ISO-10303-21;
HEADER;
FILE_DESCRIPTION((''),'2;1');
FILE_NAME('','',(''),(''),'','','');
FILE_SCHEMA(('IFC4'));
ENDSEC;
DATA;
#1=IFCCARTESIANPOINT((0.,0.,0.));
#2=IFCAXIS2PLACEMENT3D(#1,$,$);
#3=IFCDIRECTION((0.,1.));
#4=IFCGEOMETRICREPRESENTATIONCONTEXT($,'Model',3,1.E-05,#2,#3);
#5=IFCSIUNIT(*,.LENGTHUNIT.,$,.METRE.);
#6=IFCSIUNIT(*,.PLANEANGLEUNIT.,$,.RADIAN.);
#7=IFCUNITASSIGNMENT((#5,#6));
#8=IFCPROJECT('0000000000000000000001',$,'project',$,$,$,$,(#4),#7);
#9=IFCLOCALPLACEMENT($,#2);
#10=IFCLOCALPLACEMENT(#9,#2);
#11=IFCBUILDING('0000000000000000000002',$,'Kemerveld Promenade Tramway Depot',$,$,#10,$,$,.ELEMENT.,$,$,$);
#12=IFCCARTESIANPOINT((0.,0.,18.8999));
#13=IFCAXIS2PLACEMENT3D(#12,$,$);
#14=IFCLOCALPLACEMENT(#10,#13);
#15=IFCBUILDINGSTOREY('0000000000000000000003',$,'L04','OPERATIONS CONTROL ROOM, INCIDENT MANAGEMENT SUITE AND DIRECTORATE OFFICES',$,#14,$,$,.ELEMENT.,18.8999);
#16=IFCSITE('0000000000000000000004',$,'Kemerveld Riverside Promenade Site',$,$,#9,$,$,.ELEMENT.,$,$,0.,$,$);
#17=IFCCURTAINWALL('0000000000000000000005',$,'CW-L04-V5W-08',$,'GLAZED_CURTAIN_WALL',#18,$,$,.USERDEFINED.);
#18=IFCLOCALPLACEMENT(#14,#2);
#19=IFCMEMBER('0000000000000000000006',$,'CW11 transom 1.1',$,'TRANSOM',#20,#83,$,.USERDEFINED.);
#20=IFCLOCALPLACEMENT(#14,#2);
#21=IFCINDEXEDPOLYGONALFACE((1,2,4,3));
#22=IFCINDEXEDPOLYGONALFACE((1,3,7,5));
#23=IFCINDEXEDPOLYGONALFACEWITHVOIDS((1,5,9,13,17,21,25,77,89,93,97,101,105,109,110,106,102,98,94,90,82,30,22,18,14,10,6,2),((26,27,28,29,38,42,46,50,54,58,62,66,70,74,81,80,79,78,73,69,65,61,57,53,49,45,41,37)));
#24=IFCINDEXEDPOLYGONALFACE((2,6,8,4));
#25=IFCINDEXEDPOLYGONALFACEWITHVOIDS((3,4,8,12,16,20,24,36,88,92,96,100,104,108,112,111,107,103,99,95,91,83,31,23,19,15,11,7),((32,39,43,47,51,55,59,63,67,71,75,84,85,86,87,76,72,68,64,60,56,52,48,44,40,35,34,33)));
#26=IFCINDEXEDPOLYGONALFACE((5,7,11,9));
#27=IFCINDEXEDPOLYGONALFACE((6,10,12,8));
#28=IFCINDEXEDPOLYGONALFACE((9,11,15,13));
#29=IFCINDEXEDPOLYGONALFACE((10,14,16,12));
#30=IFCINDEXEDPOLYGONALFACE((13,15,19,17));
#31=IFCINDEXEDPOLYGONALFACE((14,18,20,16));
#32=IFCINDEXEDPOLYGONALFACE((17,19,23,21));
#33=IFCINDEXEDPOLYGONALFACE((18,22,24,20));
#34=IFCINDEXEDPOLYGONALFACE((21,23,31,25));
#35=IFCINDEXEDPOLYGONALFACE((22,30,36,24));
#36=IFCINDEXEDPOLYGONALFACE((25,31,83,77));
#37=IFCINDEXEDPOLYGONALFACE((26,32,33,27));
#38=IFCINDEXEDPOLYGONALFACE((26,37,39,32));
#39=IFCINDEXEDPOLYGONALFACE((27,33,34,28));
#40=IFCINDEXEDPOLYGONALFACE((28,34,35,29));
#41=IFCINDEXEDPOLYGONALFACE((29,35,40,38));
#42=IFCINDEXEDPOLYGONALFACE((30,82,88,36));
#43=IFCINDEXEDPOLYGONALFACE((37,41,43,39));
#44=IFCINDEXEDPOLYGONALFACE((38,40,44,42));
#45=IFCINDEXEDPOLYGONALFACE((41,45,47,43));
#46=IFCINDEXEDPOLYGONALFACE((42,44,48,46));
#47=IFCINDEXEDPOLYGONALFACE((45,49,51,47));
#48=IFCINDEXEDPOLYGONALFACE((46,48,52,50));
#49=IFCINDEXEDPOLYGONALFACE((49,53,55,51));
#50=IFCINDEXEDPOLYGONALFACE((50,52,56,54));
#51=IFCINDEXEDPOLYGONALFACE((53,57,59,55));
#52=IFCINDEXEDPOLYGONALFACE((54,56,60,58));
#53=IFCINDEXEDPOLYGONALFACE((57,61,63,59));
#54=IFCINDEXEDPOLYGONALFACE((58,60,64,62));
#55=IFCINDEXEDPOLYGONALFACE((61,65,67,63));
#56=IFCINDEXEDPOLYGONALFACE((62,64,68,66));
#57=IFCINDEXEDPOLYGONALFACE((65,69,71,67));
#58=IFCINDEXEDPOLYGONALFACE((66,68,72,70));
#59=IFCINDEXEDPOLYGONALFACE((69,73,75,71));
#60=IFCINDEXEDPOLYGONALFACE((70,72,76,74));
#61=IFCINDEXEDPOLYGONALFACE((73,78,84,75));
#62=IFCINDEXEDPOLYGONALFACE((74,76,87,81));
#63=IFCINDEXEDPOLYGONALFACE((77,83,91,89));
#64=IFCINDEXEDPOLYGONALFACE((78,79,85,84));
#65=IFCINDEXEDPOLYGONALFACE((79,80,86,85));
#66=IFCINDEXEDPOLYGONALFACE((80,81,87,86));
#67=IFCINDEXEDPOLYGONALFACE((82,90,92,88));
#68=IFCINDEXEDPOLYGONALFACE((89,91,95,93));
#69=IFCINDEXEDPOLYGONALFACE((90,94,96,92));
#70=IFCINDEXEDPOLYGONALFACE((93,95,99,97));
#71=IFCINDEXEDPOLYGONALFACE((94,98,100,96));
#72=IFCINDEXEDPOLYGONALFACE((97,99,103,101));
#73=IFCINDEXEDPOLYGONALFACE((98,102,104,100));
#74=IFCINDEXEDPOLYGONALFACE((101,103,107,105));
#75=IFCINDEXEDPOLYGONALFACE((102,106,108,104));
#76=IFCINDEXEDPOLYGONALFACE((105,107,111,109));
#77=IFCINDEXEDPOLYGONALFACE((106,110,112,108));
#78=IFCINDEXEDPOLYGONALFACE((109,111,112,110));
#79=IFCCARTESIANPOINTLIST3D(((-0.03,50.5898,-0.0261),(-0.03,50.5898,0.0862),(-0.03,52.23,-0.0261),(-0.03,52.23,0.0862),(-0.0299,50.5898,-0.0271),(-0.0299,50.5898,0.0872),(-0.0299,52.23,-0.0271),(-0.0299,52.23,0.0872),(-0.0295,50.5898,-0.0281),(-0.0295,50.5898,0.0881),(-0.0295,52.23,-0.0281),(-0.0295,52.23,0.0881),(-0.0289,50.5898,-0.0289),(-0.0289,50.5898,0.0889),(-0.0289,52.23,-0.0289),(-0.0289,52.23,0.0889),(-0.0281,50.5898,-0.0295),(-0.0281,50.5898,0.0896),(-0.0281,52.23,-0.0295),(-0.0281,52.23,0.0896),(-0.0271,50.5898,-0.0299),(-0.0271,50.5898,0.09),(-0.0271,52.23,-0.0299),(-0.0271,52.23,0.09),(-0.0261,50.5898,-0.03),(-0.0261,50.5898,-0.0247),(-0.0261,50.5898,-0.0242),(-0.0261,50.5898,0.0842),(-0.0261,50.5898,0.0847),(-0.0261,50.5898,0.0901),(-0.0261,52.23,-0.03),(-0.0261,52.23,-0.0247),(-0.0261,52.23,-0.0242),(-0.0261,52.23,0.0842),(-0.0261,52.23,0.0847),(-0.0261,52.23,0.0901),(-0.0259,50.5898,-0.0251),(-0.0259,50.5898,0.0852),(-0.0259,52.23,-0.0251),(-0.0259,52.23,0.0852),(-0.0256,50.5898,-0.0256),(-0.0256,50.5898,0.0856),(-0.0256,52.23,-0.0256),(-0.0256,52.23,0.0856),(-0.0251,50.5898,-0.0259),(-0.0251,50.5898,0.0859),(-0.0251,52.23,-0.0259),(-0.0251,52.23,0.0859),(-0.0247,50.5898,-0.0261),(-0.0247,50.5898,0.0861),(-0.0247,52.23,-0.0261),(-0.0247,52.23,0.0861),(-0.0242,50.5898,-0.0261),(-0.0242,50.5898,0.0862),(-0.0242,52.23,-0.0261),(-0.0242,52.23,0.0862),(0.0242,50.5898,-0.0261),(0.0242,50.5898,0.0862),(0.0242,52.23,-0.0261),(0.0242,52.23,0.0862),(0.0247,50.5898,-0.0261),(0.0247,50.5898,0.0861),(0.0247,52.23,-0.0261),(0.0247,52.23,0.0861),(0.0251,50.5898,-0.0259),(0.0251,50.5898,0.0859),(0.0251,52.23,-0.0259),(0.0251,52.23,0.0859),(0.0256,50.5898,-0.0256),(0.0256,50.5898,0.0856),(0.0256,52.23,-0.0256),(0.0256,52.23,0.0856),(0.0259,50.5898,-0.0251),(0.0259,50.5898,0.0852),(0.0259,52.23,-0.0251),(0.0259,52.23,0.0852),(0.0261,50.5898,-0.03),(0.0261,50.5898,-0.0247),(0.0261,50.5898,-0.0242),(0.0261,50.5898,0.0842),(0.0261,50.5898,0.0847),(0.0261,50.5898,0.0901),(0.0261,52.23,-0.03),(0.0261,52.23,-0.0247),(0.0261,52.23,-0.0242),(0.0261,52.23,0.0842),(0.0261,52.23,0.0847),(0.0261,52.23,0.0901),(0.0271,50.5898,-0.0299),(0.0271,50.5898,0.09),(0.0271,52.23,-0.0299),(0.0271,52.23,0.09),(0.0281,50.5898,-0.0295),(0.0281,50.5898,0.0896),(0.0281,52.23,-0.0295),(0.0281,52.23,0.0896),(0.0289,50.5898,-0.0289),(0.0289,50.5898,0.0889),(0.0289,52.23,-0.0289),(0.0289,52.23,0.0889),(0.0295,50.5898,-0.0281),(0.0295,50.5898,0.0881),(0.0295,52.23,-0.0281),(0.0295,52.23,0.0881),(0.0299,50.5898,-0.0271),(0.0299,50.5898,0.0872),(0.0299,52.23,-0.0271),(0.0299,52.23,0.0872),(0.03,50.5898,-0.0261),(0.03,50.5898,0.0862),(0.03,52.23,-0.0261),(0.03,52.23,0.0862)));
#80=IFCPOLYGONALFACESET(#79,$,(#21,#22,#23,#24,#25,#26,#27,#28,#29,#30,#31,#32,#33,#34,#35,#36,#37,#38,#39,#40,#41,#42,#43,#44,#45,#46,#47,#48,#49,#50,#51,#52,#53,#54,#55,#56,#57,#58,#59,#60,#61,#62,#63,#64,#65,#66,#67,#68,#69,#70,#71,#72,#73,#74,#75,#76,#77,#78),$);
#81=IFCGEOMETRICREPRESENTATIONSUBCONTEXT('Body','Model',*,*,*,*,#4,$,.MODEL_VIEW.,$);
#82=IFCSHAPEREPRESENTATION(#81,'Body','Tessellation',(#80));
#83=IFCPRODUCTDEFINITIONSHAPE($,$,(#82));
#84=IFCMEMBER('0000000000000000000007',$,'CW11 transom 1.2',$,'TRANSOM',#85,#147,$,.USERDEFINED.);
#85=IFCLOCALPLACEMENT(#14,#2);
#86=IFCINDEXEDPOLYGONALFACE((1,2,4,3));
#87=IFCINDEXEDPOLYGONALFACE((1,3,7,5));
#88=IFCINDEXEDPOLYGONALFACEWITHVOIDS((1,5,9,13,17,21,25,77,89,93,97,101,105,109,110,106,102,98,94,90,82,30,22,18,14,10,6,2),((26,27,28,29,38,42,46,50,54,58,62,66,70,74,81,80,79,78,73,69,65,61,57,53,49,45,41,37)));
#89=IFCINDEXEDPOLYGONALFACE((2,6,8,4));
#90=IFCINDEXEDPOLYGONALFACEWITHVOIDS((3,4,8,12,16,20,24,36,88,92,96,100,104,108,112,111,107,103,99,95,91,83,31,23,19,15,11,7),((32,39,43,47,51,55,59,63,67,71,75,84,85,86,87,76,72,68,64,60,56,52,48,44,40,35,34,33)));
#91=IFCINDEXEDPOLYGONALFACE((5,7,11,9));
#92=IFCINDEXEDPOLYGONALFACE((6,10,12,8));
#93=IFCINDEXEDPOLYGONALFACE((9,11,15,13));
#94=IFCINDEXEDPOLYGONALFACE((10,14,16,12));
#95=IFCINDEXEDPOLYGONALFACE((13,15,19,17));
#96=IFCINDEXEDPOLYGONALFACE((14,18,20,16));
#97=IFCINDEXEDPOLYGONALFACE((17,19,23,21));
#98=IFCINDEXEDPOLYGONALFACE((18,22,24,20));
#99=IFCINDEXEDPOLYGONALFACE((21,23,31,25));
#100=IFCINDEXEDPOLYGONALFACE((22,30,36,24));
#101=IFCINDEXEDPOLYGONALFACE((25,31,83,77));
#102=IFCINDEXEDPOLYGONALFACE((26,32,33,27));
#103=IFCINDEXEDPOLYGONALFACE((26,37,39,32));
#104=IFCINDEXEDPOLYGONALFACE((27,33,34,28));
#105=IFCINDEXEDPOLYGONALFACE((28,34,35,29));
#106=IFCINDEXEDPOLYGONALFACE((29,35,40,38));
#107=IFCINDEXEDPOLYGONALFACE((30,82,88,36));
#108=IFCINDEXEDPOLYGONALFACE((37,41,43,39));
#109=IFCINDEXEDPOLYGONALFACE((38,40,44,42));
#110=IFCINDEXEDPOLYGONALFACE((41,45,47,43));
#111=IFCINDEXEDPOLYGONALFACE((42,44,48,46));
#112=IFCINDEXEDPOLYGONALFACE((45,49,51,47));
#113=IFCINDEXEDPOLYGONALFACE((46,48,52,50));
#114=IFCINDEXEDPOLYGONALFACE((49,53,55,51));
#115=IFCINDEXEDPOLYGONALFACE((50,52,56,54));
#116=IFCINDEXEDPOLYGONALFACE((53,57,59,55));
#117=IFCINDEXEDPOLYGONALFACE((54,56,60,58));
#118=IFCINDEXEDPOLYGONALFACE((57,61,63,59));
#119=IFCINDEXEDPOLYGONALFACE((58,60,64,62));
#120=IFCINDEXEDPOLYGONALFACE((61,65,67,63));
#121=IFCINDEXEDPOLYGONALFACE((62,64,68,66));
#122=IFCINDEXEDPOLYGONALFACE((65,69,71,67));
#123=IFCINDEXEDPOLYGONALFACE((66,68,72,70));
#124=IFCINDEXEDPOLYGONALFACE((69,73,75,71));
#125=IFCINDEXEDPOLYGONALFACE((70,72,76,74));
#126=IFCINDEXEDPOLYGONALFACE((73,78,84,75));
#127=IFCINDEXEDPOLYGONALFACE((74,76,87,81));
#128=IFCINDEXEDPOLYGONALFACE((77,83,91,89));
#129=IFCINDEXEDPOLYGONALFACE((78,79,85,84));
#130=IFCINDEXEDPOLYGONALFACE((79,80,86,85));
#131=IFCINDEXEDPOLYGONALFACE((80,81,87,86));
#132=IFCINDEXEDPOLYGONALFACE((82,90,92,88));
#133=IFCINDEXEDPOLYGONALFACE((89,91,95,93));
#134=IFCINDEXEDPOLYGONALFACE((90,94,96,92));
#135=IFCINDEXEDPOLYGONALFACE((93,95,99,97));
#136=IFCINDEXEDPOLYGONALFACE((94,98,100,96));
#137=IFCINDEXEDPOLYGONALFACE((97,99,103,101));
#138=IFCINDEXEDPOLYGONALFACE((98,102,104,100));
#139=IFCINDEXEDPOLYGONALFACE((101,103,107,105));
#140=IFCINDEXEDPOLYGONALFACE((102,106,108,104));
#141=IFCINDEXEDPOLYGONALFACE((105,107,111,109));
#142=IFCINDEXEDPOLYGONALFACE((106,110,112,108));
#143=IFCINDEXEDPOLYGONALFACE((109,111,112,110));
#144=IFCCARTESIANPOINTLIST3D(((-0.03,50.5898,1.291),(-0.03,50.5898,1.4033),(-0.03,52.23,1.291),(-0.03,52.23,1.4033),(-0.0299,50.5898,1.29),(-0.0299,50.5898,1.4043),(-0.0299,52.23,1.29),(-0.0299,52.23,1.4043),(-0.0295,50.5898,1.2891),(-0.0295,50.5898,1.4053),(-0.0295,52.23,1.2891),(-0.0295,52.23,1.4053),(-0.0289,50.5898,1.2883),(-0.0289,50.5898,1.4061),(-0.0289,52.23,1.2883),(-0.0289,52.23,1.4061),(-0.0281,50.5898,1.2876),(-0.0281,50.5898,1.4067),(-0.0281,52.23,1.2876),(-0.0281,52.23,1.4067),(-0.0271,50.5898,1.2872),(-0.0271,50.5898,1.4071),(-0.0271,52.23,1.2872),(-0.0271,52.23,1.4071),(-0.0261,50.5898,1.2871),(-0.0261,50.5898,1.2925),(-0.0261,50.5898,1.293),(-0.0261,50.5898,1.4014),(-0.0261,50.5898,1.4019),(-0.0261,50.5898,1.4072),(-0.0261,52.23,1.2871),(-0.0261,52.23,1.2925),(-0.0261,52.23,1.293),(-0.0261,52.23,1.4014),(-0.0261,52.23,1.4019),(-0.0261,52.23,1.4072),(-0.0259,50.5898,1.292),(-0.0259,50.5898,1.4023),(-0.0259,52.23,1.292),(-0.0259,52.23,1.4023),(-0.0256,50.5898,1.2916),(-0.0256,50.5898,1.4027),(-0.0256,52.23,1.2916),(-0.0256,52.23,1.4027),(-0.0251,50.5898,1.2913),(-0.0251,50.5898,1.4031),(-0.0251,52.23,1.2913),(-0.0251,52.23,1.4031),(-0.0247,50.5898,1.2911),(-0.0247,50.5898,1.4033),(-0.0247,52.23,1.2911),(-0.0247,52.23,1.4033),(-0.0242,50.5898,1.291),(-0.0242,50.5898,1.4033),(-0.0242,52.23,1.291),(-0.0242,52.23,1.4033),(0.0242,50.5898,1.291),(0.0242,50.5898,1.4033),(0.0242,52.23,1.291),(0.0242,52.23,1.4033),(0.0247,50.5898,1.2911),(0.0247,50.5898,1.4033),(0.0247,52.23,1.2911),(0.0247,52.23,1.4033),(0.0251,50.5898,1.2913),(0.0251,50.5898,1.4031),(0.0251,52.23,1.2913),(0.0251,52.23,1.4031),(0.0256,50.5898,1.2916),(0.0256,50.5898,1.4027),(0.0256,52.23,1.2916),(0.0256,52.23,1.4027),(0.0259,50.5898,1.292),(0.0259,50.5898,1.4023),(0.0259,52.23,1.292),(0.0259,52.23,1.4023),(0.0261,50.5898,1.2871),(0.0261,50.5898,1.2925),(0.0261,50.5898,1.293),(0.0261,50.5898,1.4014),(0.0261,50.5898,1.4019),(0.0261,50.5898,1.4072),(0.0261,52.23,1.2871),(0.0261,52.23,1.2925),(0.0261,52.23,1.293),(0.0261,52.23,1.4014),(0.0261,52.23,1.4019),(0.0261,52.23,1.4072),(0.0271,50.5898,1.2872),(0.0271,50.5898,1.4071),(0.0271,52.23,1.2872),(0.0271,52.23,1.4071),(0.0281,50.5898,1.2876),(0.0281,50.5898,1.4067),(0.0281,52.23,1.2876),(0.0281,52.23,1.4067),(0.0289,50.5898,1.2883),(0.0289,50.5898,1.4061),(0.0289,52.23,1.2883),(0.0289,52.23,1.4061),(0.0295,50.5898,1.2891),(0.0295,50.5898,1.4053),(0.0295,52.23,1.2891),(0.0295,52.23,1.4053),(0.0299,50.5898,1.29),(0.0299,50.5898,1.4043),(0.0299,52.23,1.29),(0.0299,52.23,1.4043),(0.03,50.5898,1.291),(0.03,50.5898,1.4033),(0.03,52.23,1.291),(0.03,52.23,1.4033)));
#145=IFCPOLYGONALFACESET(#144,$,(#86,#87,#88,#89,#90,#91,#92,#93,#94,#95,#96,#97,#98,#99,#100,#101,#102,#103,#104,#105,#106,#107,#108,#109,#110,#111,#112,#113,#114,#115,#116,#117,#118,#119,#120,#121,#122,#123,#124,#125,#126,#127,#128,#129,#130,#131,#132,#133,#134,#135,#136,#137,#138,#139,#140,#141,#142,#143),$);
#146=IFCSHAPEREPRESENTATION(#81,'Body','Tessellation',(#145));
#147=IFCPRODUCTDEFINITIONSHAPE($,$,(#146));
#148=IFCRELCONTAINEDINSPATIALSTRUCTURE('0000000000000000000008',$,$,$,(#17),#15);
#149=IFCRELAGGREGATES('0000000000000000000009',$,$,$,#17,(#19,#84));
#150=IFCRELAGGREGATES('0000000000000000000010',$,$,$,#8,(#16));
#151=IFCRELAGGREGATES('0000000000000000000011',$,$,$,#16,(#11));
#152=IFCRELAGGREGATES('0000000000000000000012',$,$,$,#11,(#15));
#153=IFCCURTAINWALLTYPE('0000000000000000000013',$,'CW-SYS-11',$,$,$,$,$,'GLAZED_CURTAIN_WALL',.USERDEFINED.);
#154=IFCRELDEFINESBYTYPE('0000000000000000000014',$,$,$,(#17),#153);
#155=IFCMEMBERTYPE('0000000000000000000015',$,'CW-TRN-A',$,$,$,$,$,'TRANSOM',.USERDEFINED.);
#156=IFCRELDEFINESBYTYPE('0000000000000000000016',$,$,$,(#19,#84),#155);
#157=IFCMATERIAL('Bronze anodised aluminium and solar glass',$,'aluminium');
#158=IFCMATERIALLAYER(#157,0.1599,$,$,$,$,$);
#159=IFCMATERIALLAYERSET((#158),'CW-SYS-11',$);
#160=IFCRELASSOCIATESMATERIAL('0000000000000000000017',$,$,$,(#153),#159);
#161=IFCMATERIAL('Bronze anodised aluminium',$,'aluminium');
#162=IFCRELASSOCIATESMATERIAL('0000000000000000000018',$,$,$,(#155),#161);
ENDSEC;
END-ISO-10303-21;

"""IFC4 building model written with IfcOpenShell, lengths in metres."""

from ifc_helpers import new_model, si_unit, direction, frame, origin, origin_2d, place, context, subcontext, project, spatial, hollow_rectangle, extrude, material, layer, layer_set, material_profile, profile_set, type_object, element, aggregate, save


model = new_model("IFC4")

# Units and contexts
model_context = context("Model", 3, precision=1e-05, world=origin(), true_north=direction((0.0, 1.0)))
body_context = subcontext(model_context, "Body", "Model", "MODEL_VIEW")
ifc_project = project(units=[si_unit("LENGTHUNIT", "METRE"), si_unit("PLANEANGLEUNIT", "RADIAN")], contexts=[model_context])

# Site, building, storey
site_placement = place(None, origin())
site = spatial("IfcSite", under=ifc_project, at=site_placement, Name="Kemerveld Riverside Promenade Site", CompositionType="ELEMENT", RefElevation=0.0)
building_placement = place(site_placement, origin())
building = spatial("IfcBuilding", under=site, at=building_placement, Name="Kemerveld Promenade Tramway Depot", CompositionType="ELEMENT")
storey_placement = place(building_placement, frame((0.0, 0.0, 18.8999)))
storey = spatial("IfcBuildingStorey", under=building, at=storey_placement, Name="L04", Description="OPERATIONS CONTROL ROOM, INCIDENT MANAGEMENT SUITE AND DIRECTORATE OFFICES", CompositionType="ELEMENT", Elevation=18.8999)

# Curtain wall, members
ifc_material_1 = material(Name="Bronze anodised aluminium and solar glass", Category="aluminium")
ifc_layer_1 = layer(ifc_material_1, 0.1599)
ifc_layer_set_1 = layer_set([ifc_layer_1], Name="CW-SYS-11")
curtain_wall_type = type_object("IfcCurtainWallType", Name="CW-SYS-11", ElementType="GLAZED_CURTAIN_WALL", PredefinedType="USERDEFINED", material=ifc_layer_set_1)
curtain_wall_placement = place(storey_placement, origin())
curtain_wall = element("IfcCurtainWall", 1, at=curtain_wall_placement, inside=storey, type_object=curtain_wall_type, Name="CW-L04-V5W-08", ObjectType="GLAZED_CURTAIN_WALL", PredefinedType="USERDEFINED")
ifc_material_2 = material(Name="Bronze anodised aluminium", Category="aluminium")
ifc_material_profile_1 = material_profile(ifc_material_2, hollow_rectangle(XDim=0.0601, YDim=0.1201, WallThickness=0.0039, InnerFilletRadius=0.002, OuterFilletRadius=0.0039, at=origin_2d()), Name="CW-TRN-120x60")
ifc_profile_set_1 = profile_set([ifc_material_profile_1], Name="Bronze anodised aluminium")
member_type_1 = type_object("IfcMemberType", Name="CW-TRN-A", ElementType="TRANSOM", PredefinedType="USERDEFINED", material=ifc_profile_set_1)
member_1_placement = place(storey_placement, frame((0.0, 50.5898, 0.03), z_axis=(0.0, 1.0, 0.0), x_axis=(-1.0, 0.0, 0.0)))
member_1 = element("IfcMember", 2, at=member_1_placement, type_object=member_type_1, Name="CW11 transom 1.1", ObjectType="TRANSOM", PredefinedType="USERDEFINED", context=body_context, shape_type="SweptSolid", body=[
    extrude(hollow_rectangle(XDim=0.0601, YDim=0.1201, WallThickness=0.0039, InnerFilletRadius=0.002, OuterFilletRadius=0.0039, at=origin_2d()), origin(), (0.0, 0.0, 1.0), 1.6401),
])
member_2_placement = place(storey_placement, frame((0.0, 50.5898, 1.3472), z_axis=(0.0, 1.0, 0.0), x_axis=(-1.0, 0.0, 0.0)))
member_2 = element("IfcMember", 3, at=member_2_placement, type_object=member_type_1, Name="CW11 transom 1.2", ObjectType="TRANSOM", PredefinedType="USERDEFINED", context=body_context, shape_type="SweptSolid", body=[
    extrude(hollow_rectangle(XDim=0.0601, YDim=0.1201, WallThickness=0.0039, InnerFilletRadius=0.002, OuterFilletRadius=0.0039, at=origin_2d()), origin(), (0.0, 0.0, 1.0), 1.6401),
])
aggregate(curtain_wall, [member_1, member_2])

save(model, "model.ifc")
